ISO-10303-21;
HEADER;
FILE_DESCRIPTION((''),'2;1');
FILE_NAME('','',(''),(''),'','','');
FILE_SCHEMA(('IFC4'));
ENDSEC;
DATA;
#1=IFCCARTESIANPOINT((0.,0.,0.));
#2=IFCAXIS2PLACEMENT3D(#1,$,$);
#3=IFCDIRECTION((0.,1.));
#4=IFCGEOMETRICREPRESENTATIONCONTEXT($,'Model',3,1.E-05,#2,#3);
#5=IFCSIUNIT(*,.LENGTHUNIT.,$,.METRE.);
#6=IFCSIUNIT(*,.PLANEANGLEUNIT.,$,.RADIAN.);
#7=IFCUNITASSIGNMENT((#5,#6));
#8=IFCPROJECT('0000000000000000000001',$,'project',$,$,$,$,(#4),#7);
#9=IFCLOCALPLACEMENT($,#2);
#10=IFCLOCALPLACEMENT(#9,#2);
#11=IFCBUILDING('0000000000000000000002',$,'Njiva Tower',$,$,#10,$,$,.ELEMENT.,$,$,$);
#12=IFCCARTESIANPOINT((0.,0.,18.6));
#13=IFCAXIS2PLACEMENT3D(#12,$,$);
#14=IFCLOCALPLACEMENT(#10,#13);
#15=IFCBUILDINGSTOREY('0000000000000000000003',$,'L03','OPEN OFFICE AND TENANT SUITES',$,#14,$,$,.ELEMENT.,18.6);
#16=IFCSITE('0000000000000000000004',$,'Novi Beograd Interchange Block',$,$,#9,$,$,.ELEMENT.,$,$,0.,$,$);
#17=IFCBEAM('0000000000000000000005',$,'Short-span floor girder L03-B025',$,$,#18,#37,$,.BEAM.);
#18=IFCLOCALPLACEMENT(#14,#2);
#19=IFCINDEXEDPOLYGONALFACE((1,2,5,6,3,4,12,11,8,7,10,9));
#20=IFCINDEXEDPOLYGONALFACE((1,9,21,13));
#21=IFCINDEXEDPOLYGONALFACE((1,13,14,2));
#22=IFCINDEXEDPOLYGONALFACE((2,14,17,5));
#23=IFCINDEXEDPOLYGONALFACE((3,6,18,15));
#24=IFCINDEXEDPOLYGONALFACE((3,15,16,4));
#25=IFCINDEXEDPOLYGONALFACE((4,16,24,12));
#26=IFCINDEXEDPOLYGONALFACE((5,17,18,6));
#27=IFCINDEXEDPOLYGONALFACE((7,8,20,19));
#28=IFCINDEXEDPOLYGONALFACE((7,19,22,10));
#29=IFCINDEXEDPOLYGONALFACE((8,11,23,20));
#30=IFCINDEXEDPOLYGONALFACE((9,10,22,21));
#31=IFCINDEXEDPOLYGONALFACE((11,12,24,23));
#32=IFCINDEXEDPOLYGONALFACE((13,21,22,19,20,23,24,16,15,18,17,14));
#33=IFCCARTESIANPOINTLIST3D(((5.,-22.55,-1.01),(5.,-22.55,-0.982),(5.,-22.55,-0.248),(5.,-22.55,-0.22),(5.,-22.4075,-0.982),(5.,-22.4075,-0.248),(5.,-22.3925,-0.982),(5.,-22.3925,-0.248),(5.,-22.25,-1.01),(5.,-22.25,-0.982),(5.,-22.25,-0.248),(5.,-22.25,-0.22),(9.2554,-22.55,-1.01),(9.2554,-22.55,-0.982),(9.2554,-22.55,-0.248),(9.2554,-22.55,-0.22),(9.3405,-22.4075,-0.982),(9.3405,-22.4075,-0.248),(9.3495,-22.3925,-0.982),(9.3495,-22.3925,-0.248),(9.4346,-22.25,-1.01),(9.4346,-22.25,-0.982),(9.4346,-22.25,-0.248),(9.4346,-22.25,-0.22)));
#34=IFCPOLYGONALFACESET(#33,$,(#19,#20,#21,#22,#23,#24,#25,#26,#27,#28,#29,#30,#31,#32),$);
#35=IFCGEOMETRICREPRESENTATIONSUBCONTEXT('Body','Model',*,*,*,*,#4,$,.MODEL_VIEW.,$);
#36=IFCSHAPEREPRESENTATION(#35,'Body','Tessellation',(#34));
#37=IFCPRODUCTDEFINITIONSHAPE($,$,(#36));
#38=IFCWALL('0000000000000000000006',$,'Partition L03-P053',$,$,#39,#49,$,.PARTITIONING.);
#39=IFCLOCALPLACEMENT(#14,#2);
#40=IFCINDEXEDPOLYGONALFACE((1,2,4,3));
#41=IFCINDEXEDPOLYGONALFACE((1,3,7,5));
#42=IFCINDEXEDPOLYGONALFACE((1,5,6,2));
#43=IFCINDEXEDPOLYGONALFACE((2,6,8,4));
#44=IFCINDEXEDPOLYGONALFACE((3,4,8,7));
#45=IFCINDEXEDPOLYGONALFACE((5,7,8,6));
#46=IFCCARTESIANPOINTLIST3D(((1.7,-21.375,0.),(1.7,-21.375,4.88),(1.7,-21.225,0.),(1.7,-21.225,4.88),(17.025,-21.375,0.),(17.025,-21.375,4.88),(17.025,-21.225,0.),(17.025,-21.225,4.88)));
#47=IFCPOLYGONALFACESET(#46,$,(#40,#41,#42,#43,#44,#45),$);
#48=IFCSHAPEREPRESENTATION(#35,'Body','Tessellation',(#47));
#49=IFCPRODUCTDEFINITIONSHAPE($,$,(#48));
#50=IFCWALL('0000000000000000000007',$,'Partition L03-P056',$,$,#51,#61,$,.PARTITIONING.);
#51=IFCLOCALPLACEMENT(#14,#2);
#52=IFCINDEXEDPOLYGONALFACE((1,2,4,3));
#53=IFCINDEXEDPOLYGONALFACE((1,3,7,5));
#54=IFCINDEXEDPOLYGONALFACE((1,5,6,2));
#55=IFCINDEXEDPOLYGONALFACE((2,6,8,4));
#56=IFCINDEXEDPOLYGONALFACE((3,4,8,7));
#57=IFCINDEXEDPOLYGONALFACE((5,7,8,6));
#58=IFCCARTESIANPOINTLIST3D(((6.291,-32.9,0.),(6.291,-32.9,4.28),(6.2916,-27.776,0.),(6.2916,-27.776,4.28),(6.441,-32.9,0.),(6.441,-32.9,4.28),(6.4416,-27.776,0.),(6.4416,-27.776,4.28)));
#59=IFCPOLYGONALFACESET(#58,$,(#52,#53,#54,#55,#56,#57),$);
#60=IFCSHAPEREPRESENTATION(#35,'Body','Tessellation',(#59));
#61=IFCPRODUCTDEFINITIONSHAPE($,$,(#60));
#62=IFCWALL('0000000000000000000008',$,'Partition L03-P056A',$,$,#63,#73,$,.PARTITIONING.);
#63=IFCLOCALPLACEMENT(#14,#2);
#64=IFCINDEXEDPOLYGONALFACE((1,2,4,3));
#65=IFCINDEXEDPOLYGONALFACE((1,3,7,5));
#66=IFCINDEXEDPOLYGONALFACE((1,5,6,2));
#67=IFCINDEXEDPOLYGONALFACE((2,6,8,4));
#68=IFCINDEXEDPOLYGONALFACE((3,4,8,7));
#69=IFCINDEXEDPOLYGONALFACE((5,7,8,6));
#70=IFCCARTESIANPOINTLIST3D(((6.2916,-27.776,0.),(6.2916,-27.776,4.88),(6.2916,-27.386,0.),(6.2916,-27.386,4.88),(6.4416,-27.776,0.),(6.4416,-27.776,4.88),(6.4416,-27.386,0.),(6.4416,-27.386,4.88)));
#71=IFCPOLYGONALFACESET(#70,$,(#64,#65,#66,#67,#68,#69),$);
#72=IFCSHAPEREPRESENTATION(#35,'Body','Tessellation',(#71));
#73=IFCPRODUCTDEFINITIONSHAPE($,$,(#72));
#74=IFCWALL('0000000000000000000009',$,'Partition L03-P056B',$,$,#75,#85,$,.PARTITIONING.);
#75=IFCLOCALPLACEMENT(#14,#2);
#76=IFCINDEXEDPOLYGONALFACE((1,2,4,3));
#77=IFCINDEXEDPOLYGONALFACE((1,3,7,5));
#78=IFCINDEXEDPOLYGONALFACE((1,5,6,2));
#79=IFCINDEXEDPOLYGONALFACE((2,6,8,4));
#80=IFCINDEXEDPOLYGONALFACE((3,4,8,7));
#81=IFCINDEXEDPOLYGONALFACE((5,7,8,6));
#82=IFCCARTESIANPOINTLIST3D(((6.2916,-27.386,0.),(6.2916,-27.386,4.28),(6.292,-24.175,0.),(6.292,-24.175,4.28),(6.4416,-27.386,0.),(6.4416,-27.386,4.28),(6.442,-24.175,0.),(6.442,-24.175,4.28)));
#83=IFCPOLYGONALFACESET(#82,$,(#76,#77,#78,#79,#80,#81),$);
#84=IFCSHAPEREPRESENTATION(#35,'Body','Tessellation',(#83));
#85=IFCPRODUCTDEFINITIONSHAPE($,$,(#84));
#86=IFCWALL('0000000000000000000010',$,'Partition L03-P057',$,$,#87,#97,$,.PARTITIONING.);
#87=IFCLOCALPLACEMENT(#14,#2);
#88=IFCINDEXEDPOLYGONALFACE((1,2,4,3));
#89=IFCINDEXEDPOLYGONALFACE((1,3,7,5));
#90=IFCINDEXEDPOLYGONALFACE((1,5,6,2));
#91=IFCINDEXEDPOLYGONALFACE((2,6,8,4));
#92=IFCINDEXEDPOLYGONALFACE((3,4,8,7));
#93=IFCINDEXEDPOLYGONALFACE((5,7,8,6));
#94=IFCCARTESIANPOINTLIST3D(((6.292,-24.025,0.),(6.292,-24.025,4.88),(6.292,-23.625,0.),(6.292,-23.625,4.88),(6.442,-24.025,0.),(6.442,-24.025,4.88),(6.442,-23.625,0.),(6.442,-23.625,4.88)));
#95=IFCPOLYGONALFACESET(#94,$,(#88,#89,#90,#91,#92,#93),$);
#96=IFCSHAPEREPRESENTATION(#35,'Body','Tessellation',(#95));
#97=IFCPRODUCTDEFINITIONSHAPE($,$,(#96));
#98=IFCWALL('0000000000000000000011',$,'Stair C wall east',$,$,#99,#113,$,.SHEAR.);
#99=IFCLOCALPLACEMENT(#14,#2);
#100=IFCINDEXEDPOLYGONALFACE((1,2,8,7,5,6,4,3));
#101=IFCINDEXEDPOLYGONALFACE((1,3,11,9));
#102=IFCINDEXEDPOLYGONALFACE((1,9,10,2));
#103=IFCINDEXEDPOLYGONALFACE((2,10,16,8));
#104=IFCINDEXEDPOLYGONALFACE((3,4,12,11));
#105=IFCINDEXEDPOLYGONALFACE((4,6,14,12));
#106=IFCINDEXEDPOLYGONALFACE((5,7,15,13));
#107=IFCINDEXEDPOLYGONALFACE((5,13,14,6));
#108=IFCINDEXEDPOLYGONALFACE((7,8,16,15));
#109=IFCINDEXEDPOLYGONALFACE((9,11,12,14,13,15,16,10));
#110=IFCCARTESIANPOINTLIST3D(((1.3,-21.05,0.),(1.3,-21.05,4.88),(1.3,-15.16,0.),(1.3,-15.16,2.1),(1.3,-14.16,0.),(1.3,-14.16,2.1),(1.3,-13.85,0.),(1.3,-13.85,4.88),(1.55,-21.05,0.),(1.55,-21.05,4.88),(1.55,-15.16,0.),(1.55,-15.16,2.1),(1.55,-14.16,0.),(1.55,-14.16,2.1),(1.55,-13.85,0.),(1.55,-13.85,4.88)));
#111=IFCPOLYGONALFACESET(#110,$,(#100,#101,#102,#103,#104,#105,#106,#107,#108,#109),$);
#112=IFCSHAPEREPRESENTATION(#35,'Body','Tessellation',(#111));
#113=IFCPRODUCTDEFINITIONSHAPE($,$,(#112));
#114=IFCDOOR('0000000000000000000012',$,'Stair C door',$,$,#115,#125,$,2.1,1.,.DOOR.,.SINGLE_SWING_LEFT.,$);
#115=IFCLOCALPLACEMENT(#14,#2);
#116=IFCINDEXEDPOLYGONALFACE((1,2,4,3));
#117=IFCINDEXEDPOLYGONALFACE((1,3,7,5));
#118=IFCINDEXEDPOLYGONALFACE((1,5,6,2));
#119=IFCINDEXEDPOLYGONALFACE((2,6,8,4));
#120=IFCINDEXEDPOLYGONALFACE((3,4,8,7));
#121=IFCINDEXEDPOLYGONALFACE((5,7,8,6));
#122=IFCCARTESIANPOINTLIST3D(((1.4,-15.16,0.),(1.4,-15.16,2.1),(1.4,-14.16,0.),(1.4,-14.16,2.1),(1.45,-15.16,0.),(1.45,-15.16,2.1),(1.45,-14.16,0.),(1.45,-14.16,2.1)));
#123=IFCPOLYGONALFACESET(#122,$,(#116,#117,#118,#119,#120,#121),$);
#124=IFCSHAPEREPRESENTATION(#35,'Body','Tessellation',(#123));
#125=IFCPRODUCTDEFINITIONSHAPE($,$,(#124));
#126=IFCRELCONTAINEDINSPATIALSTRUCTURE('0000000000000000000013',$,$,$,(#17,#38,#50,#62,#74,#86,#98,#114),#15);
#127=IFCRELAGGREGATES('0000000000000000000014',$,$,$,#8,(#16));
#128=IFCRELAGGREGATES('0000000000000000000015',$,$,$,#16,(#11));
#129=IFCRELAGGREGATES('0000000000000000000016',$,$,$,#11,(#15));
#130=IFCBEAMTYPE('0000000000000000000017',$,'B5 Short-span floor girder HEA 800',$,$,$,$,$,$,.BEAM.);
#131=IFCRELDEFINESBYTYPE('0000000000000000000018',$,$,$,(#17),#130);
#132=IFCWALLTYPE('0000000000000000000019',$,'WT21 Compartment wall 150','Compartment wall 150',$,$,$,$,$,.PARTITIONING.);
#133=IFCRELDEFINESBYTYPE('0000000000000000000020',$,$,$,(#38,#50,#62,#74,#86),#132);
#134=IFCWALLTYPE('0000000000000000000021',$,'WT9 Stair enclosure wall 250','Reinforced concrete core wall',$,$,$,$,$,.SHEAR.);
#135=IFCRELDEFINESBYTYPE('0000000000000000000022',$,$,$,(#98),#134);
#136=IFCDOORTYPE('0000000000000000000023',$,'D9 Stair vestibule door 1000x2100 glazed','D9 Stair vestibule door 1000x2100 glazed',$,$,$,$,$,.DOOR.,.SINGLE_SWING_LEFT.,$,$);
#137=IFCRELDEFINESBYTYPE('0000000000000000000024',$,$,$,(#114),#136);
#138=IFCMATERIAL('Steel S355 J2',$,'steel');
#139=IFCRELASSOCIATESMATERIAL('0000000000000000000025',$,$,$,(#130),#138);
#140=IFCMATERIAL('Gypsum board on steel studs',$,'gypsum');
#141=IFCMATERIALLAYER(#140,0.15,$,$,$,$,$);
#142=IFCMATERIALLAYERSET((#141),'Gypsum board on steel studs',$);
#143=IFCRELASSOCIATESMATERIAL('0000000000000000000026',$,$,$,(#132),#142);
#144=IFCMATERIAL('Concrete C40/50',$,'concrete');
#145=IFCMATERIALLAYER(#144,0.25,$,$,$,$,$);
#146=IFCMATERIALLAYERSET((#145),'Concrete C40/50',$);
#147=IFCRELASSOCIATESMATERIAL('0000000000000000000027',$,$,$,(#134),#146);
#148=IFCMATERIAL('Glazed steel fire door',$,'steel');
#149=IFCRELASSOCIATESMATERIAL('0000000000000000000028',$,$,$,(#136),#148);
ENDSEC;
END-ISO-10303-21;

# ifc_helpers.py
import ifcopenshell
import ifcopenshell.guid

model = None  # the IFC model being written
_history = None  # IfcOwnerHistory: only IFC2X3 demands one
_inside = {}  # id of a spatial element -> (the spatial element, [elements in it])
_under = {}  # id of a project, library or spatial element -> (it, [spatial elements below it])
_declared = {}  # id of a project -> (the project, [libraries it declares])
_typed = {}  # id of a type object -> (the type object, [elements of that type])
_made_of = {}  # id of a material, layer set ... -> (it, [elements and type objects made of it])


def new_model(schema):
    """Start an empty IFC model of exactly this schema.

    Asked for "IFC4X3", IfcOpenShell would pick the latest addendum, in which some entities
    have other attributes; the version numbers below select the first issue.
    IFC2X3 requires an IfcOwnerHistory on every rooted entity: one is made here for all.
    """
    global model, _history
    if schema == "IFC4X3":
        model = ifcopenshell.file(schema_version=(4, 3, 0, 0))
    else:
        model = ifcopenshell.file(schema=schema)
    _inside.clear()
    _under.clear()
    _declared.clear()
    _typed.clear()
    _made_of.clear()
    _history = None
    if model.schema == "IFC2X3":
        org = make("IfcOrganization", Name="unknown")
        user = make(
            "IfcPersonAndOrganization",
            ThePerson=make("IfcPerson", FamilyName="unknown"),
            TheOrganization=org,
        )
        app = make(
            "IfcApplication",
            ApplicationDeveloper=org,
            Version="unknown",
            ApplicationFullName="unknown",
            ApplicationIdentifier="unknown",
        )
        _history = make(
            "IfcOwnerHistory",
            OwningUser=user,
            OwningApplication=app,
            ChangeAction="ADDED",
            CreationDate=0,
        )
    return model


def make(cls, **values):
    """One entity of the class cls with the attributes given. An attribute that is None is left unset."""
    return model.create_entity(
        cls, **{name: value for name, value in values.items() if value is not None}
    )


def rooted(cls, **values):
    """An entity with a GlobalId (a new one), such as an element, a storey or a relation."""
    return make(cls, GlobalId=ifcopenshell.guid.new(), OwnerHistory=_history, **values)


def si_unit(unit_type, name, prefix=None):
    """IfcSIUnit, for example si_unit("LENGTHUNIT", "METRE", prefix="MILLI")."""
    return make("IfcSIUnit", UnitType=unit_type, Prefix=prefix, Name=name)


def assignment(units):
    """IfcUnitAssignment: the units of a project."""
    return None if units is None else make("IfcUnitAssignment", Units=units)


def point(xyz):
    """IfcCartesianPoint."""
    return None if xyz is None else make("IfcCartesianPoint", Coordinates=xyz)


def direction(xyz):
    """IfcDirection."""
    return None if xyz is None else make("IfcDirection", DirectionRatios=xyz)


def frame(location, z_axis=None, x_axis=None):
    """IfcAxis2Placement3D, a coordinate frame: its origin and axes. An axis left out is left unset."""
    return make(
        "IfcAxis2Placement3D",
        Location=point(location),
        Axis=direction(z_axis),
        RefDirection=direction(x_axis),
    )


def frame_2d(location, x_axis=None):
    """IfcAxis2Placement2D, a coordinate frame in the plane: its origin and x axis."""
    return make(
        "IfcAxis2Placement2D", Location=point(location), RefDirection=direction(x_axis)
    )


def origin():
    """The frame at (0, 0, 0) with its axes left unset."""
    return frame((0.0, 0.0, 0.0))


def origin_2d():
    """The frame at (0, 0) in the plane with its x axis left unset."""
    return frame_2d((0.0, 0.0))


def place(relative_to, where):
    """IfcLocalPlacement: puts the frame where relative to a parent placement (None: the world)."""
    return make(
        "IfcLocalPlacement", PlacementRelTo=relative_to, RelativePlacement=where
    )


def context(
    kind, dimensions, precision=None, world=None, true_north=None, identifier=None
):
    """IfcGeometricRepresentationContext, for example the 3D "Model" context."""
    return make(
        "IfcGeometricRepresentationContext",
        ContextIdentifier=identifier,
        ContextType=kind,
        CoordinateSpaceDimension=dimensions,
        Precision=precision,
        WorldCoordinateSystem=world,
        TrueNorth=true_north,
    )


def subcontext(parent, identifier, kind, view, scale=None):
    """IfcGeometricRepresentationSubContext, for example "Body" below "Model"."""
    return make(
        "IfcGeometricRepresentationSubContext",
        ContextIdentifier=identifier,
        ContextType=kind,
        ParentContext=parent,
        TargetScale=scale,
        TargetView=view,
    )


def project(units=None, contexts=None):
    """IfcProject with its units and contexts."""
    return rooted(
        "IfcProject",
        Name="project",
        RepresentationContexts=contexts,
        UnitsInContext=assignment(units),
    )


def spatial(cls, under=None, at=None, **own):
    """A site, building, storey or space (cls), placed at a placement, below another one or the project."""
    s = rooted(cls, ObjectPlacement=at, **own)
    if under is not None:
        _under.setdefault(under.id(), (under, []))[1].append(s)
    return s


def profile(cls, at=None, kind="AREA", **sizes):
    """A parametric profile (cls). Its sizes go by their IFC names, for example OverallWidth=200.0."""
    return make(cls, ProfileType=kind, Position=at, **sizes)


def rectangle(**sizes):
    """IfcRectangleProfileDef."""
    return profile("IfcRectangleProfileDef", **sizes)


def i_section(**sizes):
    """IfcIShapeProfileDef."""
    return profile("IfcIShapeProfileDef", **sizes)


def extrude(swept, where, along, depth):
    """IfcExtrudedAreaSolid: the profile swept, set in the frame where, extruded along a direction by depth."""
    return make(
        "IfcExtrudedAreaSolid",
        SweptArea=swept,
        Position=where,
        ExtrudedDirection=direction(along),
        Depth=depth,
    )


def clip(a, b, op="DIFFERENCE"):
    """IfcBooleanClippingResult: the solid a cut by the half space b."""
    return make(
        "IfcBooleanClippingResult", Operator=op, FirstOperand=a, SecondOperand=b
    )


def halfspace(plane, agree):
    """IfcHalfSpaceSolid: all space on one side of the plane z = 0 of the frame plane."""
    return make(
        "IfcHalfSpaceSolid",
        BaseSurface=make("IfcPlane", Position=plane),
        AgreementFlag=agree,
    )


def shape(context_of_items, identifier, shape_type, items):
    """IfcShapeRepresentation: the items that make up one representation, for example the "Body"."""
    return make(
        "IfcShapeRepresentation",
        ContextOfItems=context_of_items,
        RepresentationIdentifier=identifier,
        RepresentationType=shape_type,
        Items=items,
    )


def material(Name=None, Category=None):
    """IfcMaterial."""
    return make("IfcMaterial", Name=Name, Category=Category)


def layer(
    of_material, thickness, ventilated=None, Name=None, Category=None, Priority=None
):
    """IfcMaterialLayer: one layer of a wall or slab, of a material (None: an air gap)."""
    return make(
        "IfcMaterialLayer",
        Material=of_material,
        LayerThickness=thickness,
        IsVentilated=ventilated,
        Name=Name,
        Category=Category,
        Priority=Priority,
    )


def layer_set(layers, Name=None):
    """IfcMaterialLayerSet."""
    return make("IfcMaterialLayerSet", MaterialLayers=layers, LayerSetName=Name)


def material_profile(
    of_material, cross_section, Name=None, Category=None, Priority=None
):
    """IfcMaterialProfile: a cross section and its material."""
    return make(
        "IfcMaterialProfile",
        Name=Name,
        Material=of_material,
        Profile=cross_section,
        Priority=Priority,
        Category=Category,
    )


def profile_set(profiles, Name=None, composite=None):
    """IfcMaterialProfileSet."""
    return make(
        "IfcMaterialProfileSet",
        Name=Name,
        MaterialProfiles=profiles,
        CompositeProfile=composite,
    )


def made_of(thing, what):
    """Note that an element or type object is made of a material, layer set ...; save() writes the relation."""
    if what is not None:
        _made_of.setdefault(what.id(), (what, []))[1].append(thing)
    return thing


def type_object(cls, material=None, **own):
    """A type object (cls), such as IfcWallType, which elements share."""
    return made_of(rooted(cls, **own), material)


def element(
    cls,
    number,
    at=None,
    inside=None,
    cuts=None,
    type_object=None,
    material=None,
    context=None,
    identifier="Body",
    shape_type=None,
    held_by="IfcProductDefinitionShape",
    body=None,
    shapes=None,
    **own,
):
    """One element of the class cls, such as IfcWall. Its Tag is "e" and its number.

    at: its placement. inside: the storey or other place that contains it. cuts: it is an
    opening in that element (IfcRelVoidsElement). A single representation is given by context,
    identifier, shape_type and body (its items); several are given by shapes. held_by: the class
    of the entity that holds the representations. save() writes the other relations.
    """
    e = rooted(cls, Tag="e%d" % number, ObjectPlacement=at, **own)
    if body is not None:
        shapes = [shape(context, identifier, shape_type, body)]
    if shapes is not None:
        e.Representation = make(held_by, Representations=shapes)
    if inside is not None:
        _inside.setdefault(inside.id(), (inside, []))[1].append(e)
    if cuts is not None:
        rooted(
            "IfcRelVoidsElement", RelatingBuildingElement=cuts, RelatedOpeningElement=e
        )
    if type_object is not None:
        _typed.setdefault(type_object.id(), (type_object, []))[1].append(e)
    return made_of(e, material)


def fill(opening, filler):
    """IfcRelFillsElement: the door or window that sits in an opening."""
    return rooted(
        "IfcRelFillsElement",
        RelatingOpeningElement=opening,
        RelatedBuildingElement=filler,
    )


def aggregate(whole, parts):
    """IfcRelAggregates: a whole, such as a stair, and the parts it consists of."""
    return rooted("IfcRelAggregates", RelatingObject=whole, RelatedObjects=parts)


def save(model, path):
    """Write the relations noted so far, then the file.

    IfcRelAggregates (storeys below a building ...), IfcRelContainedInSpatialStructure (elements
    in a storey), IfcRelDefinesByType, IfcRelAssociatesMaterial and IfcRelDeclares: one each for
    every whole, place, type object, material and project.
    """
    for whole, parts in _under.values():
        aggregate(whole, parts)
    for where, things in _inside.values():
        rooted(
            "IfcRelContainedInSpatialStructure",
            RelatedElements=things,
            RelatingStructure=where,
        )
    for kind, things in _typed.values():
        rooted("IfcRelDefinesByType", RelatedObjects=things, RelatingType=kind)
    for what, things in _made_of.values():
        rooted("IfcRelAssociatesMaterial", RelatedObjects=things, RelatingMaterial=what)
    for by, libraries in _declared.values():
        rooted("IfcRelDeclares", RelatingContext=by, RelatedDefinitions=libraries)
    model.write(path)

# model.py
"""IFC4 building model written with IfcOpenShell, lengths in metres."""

from ifc_helpers import new_model, si_unit, direction, frame, frame_2d, origin, origin_2d, place, context, subcontext, project, spatial, rectangle, i_section, extrude, clip, halfspace, material, layer, layer_set, material_profile, profile_set, type_object, element, fill, save


model = new_model("IFC4")

# Units and contexts
model_context = context("Model", 3, precision=1e-05, world=origin(), true_north=direction((0.0, 1.0)))
body_context = subcontext(model_context, "Body", "Model", "MODEL_VIEW")
ifc_project = project(units=[si_unit("LENGTHUNIT", "METRE"), si_unit("PLANEANGLEUNIT", "RADIAN")], contexts=[model_context])

# Site, building, storey
site_placement = place(None, origin())
site = spatial("IfcSite", under=ifc_project, at=site_placement, Name="Novi Beograd Interchange Block", CompositionType="ELEMENT", RefElevation=0.0)
building_placement = place(site_placement, origin())
building = spatial("IfcBuilding", under=site, at=building_placement, Name="Njiva Tower", CompositionType="ELEMENT")
storey_placement = place(building_placement, frame((0.0, 0.0, 18.6)))
storey = spatial("IfcBuildingStorey", under=building, at=storey_placement, Name="L03", Description="OPEN OFFICE AND TENANT SUITES", CompositionType="ELEMENT", Elevation=18.6)

# Shared definitions
ifc_material_1 = material(Name="Steel S355 J2", Category="steel")

# Beam
ifc_material_profile_1 = material_profile(ifc_material_1, i_section(OverallWidth=0.3, OverallDepth=0.79, WebThickness=0.015, FlangeThickness=0.028, at=origin_2d()), Name="HEA 800")
ifc_profile_set_1 = profile_set([ifc_material_profile_1], Name="Steel S355 J2")
beam_type_1 = type_object("IfcBeamType", Name="B5 Short-span floor girder HEA 800", PredefinedType="BEAM", material=ifc_profile_set_1)
beam_1_placement = place(storey_placement, frame((5.0, -22.4, -0.615), z_axis=(1.0, 0.0, 0.0), x_axis=(0.0, 1.0, 0.0)))
element("IfcBeam", 1, at=beam_1_placement, inside=storey, type_object=beam_type_1, Name="Short-span floor girder L03-B025", PredefinedType="BEAM", context=body_context, shape_type="Clipping", body=[
    clip(extrude(i_section(OverallWidth=0.3, OverallDepth=0.79, WebThickness=0.015, FlangeThickness=0.028, at=origin_2d()), origin(), (0.0, 0.0, 1.0), 4.455), halfspace(frame((-0.0256, 0.0, 4.3297), z_axis=(-0.512842, 0.0, 0.858483), x_axis=(0.0, 1.0, 0.0)), False)),
])

# Walls
ifc_material_2 = material(Name="Gypsum board on steel studs", Category="gypsum")
ifc_layer_1 = layer(ifc_material_2, 0.15)
ifc_layer_set_1 = layer_set([ifc_layer_1], Name="Gypsum board on steel studs")
wall_type_1 = type_object("IfcWallType", Name="WT21 Compartment wall 150", Description="Compartment wall 150", PredefinedType="PARTITIONING", material=ifc_layer_set_1)
wall_1_placement = place(storey_placement, frame((1.7, -21.3, 0.0), z_axis=(0.0, 0.0, 1.0), x_axis=(1.0, 0.0, 0.0)))
element("IfcWall", 2, at=wall_1_placement, inside=storey, type_object=wall_type_1, Name="Partition L03-P053", PredefinedType="PARTITIONING", context=body_context, shape_type="SweptSolid", body=[
    extrude(rectangle(XDim=15.325, YDim=0.15, at=frame_2d((7.6625, 0.0))), origin(), (0.0, 0.0, 1.0), 4.88),
])
wall_2_placement = place(storey_placement, frame((6.366, -32.9, 0.0), z_axis=(0.0, 0.0, 1.0), x_axis=(0.000117, 1.0, 0.0)))
element("IfcWall", 3, at=wall_2_placement, inside=storey, type_object=wall_type_1, Name="Partition L03-P056", PredefinedType="PARTITIONING", context=body_context, shape_type="SweptSolid", body=[
    extrude(rectangle(XDim=5.124, YDim=0.15, at=frame_2d((2.562, 0.0))), origin(), (0.0, 0.0, 1.0), 4.28),
])
wall_3_placement = place(storey_placement, frame((6.3666, -27.776, 0.0), z_axis=(0.0, 0.0, 1.0), x_axis=(0.0, 1.0, 0.0)))
element("IfcWall", 4, at=wall_3_placement, inside=storey, type_object=wall_type_1, Name="Partition L03-P056A", PredefinedType="PARTITIONING", context=body_context, shape_type="SweptSolid", body=[
    extrude(rectangle(XDim=0.39, YDim=0.15, at=frame_2d((0.195, 0.0))), origin(), (0.0, 0.0, 1.0), 4.88),
])
wall_4_placement = place(storey_placement, frame((6.3666, -27.386, 0.0), z_axis=(0.0, 0.0, 1.0), x_axis=(0.000125, 1.0, 0.0)))
element("IfcWall", 5, at=wall_4_placement, inside=storey, type_object=wall_type_1, Name="Partition L03-P056B", PredefinedType="PARTITIONING", context=body_context, shape_type="SweptSolid", body=[
    extrude(rectangle(XDim=3.211, YDim=0.15, at=frame_2d((1.6055, 0.0))), origin(), (0.0, 0.0, 1.0), 4.28),
])
wall_5_placement = place(storey_placement, frame((6.367, -24.025, 0.0), z_axis=(0.0, 0.0, 1.0), x_axis=(0.0, 1.0, 0.0)))
element("IfcWall", 6, at=wall_5_placement, inside=storey, type_object=wall_type_1, Name="Partition L03-P057", PredefinedType="PARTITIONING", context=body_context, shape_type="SweptSolid", body=[
    extrude(rectangle(XDim=0.4, YDim=0.15, at=frame_2d((0.2, 0.0))), origin(), (0.0, 0.0, 1.0), 4.88),
])

# Wall, opening, door
ifc_material_3 = material(Name="Concrete C40/50", Category="concrete")
ifc_layer_2 = layer(ifc_material_3, 0.25)
ifc_layer_set_2 = layer_set([ifc_layer_2], Name="Concrete C40/50")
wall_type_2 = type_object("IfcWallType", Name="WT9 Stair enclosure wall 250", Description="Reinforced concrete core wall", PredefinedType="SHEAR", material=ifc_layer_set_2)
wall_6_placement = place(storey_placement, frame((1.425, -21.05, 0.0), z_axis=(0.0, 0.0, 1.0), x_axis=(0.0, 1.0, 0.0)))
wall_6 = element("IfcWall", 7, at=wall_6_placement, inside=storey, type_object=wall_type_2, Name="Stair C wall east", PredefinedType="SHEAR", context=body_context, shape_type="SweptSolid", body=[
    extrude(rectangle(XDim=7.2, YDim=0.25, at=frame_2d((3.6, 0.0))), origin(), (0.0, 0.0, 1.0), 4.88),
])
opening_placement = place(wall_6_placement, frame((5.89, 0.0, 0.0)))
opening = element("IfcOpeningElement", 8, at=opening_placement, cuts=wall_6, PredefinedType="OPENING", context=body_context, shape_type="SweptSolid", body=[
    extrude(rectangle(XDim=1.0, YDim=2.1, at=frame_2d((0.5, 1.05))), frame((0.0, 0.135, 0.0), z_axis=(0.0, -1.0, 0.0), x_axis=(1.0, 0.0, 0.0)), (0.0, 0.0, 1.0), 0.27),
])
ifc_material_4 = material(Name="Glazed steel fire door", Category="steel")
door_type = type_object("IfcDoorType", Name="D9 Stair vestibule door 1000x2100 glazed", Description="D9 Stair vestibule door 1000x2100 glazed", OperationType="SINGLE_SWING_LEFT", PredefinedType="DOOR", material=ifc_material_4)
door_placement = place(opening_placement, origin())
door = element("IfcDoor", 9, at=door_placement, inside=storey, type_object=door_type, Name="Stair C door", OperationType="SINGLE_SWING_LEFT", OverallHeight=2.1, OverallWidth=1.0, PredefinedType="DOOR", context=body_context, shape_type="SweptSolid", body=[
    extrude(rectangle(XDim=1.0, YDim=2.1, at=frame_2d((0.5, 1.05))), frame((0.0, 0.025, 0.0), z_axis=(0.0, -1.0, 0.0), x_axis=(1.0, 0.0, 0.0)), (0.0, 0.0, 1.0), 0.05),
])
fill(opening, door)

save(model, "model.ifc")
